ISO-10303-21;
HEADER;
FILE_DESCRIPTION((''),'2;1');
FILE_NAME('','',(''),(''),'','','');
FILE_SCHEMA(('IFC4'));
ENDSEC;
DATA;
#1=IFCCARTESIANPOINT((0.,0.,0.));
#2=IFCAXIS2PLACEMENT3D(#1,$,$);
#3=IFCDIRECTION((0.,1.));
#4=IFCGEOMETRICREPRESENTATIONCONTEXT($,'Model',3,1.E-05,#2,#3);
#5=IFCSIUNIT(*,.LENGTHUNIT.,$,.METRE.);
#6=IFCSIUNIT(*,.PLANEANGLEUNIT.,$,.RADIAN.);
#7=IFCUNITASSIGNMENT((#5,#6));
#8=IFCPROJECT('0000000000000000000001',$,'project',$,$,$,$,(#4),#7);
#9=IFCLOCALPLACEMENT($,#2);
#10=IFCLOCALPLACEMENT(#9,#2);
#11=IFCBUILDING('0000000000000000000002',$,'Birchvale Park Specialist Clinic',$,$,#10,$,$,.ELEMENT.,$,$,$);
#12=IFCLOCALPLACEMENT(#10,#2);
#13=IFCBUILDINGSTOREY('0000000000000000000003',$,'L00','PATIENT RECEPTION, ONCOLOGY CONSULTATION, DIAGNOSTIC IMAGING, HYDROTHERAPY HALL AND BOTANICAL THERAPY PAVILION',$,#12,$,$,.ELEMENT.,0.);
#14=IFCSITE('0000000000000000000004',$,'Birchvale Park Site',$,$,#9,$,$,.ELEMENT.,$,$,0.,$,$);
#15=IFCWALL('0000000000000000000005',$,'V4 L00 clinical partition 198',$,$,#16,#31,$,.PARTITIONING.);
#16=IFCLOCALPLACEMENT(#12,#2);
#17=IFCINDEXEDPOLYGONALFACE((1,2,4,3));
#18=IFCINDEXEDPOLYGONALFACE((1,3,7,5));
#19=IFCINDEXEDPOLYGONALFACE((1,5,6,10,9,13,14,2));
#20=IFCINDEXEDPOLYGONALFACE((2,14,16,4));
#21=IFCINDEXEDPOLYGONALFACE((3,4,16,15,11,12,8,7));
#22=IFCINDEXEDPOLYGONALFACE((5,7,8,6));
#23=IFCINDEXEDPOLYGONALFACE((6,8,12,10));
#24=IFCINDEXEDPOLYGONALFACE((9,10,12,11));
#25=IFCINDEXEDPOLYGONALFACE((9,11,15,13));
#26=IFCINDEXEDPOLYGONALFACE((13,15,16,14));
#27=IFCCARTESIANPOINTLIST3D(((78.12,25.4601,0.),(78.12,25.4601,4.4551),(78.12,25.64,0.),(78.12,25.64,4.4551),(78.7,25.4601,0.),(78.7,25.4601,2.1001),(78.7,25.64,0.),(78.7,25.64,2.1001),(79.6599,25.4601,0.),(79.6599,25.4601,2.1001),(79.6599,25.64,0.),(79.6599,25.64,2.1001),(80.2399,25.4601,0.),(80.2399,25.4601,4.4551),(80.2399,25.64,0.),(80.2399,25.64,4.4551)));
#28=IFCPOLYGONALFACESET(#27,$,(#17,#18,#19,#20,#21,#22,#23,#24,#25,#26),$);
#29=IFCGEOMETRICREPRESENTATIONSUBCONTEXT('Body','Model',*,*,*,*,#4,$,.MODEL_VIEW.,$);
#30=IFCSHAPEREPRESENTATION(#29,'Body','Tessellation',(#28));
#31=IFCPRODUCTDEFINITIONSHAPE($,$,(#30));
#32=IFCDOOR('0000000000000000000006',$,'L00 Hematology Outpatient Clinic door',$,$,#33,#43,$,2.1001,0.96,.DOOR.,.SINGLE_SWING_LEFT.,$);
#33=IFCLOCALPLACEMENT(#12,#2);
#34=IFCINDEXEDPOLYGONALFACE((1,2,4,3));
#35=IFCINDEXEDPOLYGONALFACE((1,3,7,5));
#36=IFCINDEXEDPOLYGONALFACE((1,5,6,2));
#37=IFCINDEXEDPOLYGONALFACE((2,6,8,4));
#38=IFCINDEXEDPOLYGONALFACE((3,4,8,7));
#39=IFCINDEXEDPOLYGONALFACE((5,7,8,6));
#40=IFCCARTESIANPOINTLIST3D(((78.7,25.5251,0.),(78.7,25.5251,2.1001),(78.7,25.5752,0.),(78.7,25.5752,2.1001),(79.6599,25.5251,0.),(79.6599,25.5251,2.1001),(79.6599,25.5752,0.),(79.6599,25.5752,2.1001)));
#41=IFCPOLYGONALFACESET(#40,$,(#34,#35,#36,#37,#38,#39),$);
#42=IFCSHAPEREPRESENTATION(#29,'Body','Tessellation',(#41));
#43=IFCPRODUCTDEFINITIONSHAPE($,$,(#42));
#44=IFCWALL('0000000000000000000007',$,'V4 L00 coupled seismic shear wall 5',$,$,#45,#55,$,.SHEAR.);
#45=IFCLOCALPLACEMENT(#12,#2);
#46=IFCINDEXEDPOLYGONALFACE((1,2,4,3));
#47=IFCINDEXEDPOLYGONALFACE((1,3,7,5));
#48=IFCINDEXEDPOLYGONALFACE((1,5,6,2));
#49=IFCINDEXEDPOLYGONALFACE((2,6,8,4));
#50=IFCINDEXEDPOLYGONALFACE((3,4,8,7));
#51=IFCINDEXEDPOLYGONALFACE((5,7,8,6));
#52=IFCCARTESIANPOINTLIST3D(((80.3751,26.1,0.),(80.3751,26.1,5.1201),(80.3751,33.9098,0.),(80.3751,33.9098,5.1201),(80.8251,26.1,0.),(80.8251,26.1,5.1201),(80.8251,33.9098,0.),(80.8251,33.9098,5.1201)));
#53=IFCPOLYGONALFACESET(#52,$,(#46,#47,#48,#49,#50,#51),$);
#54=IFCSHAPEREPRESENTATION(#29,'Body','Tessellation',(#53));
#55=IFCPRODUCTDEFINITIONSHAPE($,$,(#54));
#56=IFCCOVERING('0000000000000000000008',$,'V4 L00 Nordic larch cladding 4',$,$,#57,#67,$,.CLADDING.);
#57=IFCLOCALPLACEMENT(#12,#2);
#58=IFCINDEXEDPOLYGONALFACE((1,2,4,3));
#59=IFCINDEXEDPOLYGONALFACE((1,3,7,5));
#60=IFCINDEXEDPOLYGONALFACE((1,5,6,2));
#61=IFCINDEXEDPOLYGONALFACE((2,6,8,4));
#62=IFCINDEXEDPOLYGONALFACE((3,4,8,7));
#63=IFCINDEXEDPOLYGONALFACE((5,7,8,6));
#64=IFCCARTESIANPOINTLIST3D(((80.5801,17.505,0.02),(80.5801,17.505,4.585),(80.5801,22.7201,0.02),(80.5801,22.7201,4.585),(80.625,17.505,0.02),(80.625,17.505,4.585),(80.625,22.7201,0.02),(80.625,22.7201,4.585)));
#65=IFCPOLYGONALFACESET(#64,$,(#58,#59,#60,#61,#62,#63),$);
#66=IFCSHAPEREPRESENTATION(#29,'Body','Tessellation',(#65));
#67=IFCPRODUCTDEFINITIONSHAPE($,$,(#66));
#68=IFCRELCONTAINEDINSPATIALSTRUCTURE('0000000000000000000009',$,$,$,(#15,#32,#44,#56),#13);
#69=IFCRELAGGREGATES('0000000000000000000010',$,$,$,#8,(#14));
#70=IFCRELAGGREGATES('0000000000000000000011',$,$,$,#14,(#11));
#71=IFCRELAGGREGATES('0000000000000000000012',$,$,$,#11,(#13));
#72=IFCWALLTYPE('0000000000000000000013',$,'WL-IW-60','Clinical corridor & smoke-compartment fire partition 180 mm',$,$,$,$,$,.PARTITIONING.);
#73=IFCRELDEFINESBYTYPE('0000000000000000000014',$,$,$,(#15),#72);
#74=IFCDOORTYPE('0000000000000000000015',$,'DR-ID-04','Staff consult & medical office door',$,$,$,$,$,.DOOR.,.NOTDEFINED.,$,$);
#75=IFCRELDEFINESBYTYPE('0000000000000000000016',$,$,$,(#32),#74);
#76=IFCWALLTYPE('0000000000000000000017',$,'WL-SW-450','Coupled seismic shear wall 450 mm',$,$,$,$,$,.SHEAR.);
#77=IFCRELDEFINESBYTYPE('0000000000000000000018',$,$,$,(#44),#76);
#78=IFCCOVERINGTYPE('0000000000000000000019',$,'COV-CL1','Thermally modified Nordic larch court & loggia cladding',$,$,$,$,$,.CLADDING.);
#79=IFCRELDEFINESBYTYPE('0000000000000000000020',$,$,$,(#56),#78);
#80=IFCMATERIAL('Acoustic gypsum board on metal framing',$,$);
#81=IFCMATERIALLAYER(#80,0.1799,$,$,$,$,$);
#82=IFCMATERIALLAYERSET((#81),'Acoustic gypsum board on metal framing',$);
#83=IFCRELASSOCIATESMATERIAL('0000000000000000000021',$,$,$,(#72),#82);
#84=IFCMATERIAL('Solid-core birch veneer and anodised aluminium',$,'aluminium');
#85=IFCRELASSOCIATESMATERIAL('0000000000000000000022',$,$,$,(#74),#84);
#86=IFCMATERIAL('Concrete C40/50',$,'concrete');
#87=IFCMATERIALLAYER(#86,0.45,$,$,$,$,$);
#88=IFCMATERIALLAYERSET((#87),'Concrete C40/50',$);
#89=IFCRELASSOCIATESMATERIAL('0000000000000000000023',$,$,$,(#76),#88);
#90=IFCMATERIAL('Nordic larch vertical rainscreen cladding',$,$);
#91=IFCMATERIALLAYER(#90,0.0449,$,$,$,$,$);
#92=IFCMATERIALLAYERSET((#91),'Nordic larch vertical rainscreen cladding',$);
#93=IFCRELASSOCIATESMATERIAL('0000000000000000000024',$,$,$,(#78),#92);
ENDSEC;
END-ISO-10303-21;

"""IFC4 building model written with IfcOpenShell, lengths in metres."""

from ifc_helpers import new_model, si_unit, direction, frame, frame_2d, origin, origin_2d, place, context, subcontext, project, spatial, rectangle, extrude, material, layer, layer_set, type_object, element, fill, save


model = new_model("IFC4")

# Units and contexts
model_context = context("Model", 3, precision=1e-05, world=origin(), true_north=direction((0.0, 1.0)))
body_context = subcontext(model_context, "Body", "Model", "MODEL_VIEW")
ifc_project = project(units=[si_unit("LENGTHUNIT", "METRE"), si_unit("PLANEANGLEUNIT", "RADIAN")], contexts=[model_context])

# Site, building, storey
site_placement = place(None, origin())
site = spatial("IfcSite", under=ifc_project, at=site_placement, Name="Birchvale Park Site", CompositionType="ELEMENT", RefElevation=0.0)
building_placement = place(site_placement, origin())
building = spatial("IfcBuilding", under=site, at=building_placement, Name="Birchvale Park Specialist Clinic", CompositionType="ELEMENT")
storey_placement = place(building_placement, origin())
storey = spatial("IfcBuildingStorey", under=building, at=storey_placement, Name="L00", Description="PATIENT RECEPTION, ONCOLOGY CONSULTATION, DIAGNOSTIC IMAGING, HYDROTHERAPY HALL AND BOTANICAL THERAPY PAVILION", CompositionType="ELEMENT", Elevation=0.0)

# Shared definitions
ifc_material_1 = material(Name="Concrete C40/50", Category="concrete")

# Shared definitions
ifc_material_2 = material(Name="Solid-core birch veneer and anodised aluminium", Category="aluminium")

# Shared definitions
ifc_material_3 = material(Name="Acoustic gypsum board on metal framing")

# Wall, opening, door
ifc_layer_1 = layer(ifc_material_3, 0.1799)
ifc_layer_set_1 = layer_set([ifc_layer_1], Name="Acoustic gypsum board on metal framing")
wall_type_1 = type_object("IfcWallType", Name="WL-IW-60", Description="Clinical corridor & smoke-compartment fire partition 180 mm", PredefinedType="PARTITIONING", material=ifc_layer_set_1)
wall_1_placement = place(storey_placement, frame((80.24, 25.55, 0.0), z_axis=(0.0, 0.0, 1.0), x_axis=(-1.0, 0.0, 0.0)))
wall_1 = element("IfcWall", 1, at=wall_1_placement, inside=storey, type_object=wall_type_1, Name="V4 L00 clinical partition 198", PredefinedType="PARTITIONING", context=body_context, shape_type="SweptSolid", body=[
    extrude(rectangle(XDim=2.1199, YDim=0.1799, at=frame_2d((1.0601, 0.0))), origin(), (0.0, 0.0, 1.0), 4.4551),
])
opening_1_placement = place(wall_1_placement, frame((0.5801, 0.0, 0.0)))
opening_1 = element("IfcOpeningElement", 2, at=opening_1_placement, cuts=wall_1, PredefinedType="OPENING", context=body_context, shape_type="SweptSolid", body=[
    extrude(rectangle(XDim=0.96, YDim=2.1001, at=frame_2d((0.48, 1.05))), frame((0.0, 0.1001, 0.0), z_axis=(0.0, -1.0, 0.0), x_axis=(1.0, 0.0, 0.0)), (0.0, 0.0, 1.0), 0.2),
])
door_type_1 = type_object("IfcDoorType", Name="DR-ID-04", Description="Staff consult & medical office door", OperationType="NOTDEFINED", PredefinedType="DOOR", material=ifc_material_2)
door_1_placement = place(opening_1_placement, origin())
door_1 = element("IfcDoor", 3, at=door_1_placement, inside=storey, type_object=door_type_1, Name="L00 Hematology Outpatient Clinic door", OperationType="SINGLE_SWING_LEFT", OverallHeight=2.1001, OverallWidth=0.96, PredefinedType="DOOR", context=body_context, shape_type="SweptSolid", body=[
    extrude(rectangle(XDim=0.96, YDim=2.1001, at=frame_2d((0.48, 1.05))), frame((0.0, 0.0249, 0.0), z_axis=(0.0, -1.0, 0.0), x_axis=(1.0, 0.0, 0.0)), (0.0, 0.0, 1.0), 0.05),
])
fill(opening_1, door_1)

# Wall
ifc_layer_2 = layer(ifc_material_1, 0.45)
ifc_layer_set_2 = layer_set([ifc_layer_2], Name="Concrete C40/50")
wall_type_2 = type_object("IfcWallType", Name="WL-SW-450", Description="Coupled seismic shear wall 450 mm", PredefinedType="SHEAR", material=ifc_layer_set_2)
wall_2_placement = place(storey_placement, frame((80.6001, 26.1001, 0.0), z_axis=(0.0, 0.0, 1.0), x_axis=(0.0, 1.0, 0.0)))
element("IfcWall", 4, at=wall_2_placement, inside=storey, type_object=wall_type_2, Name="V4 L00 coupled seismic shear wall 5", PredefinedType="SHEAR", context=body_context, shape_type="SweptSolid", body=[
    extrude(rectangle(XDim=7.8098, YDim=0.45, at=frame_2d((3.9048, 0.0))), origin(), (0.0, 0.0, 1.0), 5.1201),
])

# Covering
ifc_material_4 = material(Name="Nordic larch vertical rainscreen cladding")
ifc_layer_3 = layer(ifc_material_4, 0.0449)
ifc_layer_set_3 = layer_set([ifc_layer_3], Name="Nordic larch vertical rainscreen cladding")
covering_type = type_object("IfcCoveringType", Name="COV-CL1", Description="Thermally modified Nordic larch court & loggia cladding", PredefinedType="CLADDING", material=ifc_layer_set_3)
covering_placement = place(storey_placement, frame((80.6025, 20.1125, 0.02), z_axis=(0.0, 0.0, 1.0), x_axis=(0.0, 1.0, 0.0)))
element("IfcCovering", 5, at=covering_placement, inside=storey, type_object=covering_type, Name="V4 L00 Nordic larch cladding 4", PredefinedType="CLADDING", context=body_context, shape_type="SweptSolid", body=[
    extrude(rectangle(XDim=5.2151, YDim=0.0449, at=origin_2d()), origin(), (0.0, 0.0, 1.0), 4.5649),
])

save(model, "model.ifc")
